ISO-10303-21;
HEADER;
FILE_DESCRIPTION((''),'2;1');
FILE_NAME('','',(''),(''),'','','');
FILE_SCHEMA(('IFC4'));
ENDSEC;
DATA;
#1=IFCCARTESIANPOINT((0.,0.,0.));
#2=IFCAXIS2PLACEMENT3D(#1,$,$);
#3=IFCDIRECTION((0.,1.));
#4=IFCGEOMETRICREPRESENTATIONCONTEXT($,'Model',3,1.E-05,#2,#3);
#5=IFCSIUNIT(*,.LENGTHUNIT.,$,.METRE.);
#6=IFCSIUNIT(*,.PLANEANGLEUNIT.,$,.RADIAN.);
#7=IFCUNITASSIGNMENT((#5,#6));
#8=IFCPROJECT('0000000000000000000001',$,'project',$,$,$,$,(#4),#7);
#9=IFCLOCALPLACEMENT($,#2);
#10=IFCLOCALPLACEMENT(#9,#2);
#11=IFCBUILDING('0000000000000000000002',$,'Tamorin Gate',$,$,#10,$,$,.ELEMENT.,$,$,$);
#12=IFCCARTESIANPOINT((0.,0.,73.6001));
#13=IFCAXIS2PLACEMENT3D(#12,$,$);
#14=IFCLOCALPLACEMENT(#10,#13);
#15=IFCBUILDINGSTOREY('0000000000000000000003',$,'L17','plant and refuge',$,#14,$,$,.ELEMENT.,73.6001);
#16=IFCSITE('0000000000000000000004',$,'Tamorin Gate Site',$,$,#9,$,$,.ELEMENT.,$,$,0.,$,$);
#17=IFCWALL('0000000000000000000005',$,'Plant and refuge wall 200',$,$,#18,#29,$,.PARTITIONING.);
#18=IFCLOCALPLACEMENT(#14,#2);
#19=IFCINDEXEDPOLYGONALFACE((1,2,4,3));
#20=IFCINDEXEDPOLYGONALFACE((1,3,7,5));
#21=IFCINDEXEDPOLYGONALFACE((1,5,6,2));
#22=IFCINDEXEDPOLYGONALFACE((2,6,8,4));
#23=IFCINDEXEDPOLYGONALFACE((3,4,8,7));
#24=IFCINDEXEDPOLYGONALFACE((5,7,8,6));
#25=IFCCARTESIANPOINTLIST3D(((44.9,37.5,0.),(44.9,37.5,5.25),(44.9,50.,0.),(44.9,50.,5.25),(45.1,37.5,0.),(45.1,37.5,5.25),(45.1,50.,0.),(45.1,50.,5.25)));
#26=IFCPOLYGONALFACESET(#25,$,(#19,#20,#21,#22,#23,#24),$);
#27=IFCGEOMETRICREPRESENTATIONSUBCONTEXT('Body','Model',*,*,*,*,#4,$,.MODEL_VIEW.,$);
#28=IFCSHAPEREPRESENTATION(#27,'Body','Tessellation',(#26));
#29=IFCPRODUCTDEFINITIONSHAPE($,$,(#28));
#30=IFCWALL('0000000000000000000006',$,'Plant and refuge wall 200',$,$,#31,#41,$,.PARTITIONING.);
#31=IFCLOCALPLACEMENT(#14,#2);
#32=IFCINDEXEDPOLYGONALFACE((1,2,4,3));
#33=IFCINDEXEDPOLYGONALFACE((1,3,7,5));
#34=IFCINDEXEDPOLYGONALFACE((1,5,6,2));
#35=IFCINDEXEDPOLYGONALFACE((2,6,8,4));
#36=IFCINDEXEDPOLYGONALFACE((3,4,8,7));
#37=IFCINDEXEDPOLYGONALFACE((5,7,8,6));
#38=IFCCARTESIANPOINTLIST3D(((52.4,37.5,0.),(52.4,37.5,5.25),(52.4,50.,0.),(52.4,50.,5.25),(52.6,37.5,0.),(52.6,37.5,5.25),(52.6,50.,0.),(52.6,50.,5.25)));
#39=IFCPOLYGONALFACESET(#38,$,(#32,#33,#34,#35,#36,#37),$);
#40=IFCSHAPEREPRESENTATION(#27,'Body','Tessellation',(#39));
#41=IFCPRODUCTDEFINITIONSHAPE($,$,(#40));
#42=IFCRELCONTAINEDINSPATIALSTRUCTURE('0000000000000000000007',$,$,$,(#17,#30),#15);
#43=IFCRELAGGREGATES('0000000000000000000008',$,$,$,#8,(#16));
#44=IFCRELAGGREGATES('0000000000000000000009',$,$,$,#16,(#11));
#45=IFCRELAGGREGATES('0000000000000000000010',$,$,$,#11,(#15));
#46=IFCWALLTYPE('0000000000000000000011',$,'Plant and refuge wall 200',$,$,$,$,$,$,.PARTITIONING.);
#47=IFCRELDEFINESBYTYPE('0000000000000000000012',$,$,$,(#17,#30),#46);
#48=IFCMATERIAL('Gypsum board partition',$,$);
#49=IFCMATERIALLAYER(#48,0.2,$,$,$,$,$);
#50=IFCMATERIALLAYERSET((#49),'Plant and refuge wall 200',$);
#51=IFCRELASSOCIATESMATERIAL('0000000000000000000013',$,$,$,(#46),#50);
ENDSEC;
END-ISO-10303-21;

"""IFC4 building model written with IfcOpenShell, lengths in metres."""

from ifc_helpers import new_model, si_unit, direction, frame, frame_2d, origin, place, context, subcontext, project, spatial, rectangle, extrude, material, layer, layer_set, type_object, element, save


model = new_model("IFC4")

# Units and contexts
model_context = context("Model", 3, precision=1e-05, world=origin(), true_north=direction((0.0, 1.0)))
body_context = subcontext(model_context, "Body", "Model", "MODEL_VIEW")
ifc_project = project(units=[si_unit("LENGTHUNIT", "METRE"), si_unit("PLANEANGLEUNIT", "RADIAN")], contexts=[model_context])

# Site, building, storey
site_placement = place(None, origin())
site = spatial("IfcSite", under=ifc_project, at=site_placement, Name="Tamorin Gate Site", CompositionType="ELEMENT", RefElevation=0.0)
building_placement = place(site_placement, origin())
building = spatial("IfcBuilding", under=site, at=building_placement, Name="Tamorin Gate", CompositionType="ELEMENT")
storey_placement = place(building_placement, frame((0.0, 0.0, 73.6001)))
storey = spatial("IfcBuildingStorey", under=building, at=storey_placement, Name="L17", Description="plant and refuge", CompositionType="ELEMENT", Elevation=73.6001)

# Walls
ifc_material_1 = material(Name="Gypsum board partition")
ifc_layer = layer(ifc_material_1, 0.2)
ifc_layer_set = layer_set([ifc_layer], Name="Plant and refuge wall 200")
wall_type = type_object("IfcWallType", Name="Plant and refuge wall 200", PredefinedType="PARTITIONING", material=ifc_layer_set)
for number, where, z_axis, x_axis, name in (
    (1, (45.0, 37.5, 0.0), (0.0, 0.0, 1.0), (0.0, 1.0, 0.0), "Plant and refuge wall 200"),
    (2, (52.5, 37.5, 0.0), (0.0, 0.0, 1.0), (0.0, 1.0, 0.0), "Plant and refuge wall 200"),
):
    element("IfcWall", number, at=place(storey_placement, frame(where, z_axis=z_axis, x_axis=x_axis)), inside=storey, type_object=wall_type, Name=name, PredefinedType="PARTITIONING", context=body_context, shape_type="SweptSolid", body=[
        extrude(rectangle(XDim=12.5, YDim=0.2, at=frame_2d((6.25, 0.0))), origin(), (0.0, 0.0, 1.0), 5.25),
    ])

save(model, "model.ifc")
